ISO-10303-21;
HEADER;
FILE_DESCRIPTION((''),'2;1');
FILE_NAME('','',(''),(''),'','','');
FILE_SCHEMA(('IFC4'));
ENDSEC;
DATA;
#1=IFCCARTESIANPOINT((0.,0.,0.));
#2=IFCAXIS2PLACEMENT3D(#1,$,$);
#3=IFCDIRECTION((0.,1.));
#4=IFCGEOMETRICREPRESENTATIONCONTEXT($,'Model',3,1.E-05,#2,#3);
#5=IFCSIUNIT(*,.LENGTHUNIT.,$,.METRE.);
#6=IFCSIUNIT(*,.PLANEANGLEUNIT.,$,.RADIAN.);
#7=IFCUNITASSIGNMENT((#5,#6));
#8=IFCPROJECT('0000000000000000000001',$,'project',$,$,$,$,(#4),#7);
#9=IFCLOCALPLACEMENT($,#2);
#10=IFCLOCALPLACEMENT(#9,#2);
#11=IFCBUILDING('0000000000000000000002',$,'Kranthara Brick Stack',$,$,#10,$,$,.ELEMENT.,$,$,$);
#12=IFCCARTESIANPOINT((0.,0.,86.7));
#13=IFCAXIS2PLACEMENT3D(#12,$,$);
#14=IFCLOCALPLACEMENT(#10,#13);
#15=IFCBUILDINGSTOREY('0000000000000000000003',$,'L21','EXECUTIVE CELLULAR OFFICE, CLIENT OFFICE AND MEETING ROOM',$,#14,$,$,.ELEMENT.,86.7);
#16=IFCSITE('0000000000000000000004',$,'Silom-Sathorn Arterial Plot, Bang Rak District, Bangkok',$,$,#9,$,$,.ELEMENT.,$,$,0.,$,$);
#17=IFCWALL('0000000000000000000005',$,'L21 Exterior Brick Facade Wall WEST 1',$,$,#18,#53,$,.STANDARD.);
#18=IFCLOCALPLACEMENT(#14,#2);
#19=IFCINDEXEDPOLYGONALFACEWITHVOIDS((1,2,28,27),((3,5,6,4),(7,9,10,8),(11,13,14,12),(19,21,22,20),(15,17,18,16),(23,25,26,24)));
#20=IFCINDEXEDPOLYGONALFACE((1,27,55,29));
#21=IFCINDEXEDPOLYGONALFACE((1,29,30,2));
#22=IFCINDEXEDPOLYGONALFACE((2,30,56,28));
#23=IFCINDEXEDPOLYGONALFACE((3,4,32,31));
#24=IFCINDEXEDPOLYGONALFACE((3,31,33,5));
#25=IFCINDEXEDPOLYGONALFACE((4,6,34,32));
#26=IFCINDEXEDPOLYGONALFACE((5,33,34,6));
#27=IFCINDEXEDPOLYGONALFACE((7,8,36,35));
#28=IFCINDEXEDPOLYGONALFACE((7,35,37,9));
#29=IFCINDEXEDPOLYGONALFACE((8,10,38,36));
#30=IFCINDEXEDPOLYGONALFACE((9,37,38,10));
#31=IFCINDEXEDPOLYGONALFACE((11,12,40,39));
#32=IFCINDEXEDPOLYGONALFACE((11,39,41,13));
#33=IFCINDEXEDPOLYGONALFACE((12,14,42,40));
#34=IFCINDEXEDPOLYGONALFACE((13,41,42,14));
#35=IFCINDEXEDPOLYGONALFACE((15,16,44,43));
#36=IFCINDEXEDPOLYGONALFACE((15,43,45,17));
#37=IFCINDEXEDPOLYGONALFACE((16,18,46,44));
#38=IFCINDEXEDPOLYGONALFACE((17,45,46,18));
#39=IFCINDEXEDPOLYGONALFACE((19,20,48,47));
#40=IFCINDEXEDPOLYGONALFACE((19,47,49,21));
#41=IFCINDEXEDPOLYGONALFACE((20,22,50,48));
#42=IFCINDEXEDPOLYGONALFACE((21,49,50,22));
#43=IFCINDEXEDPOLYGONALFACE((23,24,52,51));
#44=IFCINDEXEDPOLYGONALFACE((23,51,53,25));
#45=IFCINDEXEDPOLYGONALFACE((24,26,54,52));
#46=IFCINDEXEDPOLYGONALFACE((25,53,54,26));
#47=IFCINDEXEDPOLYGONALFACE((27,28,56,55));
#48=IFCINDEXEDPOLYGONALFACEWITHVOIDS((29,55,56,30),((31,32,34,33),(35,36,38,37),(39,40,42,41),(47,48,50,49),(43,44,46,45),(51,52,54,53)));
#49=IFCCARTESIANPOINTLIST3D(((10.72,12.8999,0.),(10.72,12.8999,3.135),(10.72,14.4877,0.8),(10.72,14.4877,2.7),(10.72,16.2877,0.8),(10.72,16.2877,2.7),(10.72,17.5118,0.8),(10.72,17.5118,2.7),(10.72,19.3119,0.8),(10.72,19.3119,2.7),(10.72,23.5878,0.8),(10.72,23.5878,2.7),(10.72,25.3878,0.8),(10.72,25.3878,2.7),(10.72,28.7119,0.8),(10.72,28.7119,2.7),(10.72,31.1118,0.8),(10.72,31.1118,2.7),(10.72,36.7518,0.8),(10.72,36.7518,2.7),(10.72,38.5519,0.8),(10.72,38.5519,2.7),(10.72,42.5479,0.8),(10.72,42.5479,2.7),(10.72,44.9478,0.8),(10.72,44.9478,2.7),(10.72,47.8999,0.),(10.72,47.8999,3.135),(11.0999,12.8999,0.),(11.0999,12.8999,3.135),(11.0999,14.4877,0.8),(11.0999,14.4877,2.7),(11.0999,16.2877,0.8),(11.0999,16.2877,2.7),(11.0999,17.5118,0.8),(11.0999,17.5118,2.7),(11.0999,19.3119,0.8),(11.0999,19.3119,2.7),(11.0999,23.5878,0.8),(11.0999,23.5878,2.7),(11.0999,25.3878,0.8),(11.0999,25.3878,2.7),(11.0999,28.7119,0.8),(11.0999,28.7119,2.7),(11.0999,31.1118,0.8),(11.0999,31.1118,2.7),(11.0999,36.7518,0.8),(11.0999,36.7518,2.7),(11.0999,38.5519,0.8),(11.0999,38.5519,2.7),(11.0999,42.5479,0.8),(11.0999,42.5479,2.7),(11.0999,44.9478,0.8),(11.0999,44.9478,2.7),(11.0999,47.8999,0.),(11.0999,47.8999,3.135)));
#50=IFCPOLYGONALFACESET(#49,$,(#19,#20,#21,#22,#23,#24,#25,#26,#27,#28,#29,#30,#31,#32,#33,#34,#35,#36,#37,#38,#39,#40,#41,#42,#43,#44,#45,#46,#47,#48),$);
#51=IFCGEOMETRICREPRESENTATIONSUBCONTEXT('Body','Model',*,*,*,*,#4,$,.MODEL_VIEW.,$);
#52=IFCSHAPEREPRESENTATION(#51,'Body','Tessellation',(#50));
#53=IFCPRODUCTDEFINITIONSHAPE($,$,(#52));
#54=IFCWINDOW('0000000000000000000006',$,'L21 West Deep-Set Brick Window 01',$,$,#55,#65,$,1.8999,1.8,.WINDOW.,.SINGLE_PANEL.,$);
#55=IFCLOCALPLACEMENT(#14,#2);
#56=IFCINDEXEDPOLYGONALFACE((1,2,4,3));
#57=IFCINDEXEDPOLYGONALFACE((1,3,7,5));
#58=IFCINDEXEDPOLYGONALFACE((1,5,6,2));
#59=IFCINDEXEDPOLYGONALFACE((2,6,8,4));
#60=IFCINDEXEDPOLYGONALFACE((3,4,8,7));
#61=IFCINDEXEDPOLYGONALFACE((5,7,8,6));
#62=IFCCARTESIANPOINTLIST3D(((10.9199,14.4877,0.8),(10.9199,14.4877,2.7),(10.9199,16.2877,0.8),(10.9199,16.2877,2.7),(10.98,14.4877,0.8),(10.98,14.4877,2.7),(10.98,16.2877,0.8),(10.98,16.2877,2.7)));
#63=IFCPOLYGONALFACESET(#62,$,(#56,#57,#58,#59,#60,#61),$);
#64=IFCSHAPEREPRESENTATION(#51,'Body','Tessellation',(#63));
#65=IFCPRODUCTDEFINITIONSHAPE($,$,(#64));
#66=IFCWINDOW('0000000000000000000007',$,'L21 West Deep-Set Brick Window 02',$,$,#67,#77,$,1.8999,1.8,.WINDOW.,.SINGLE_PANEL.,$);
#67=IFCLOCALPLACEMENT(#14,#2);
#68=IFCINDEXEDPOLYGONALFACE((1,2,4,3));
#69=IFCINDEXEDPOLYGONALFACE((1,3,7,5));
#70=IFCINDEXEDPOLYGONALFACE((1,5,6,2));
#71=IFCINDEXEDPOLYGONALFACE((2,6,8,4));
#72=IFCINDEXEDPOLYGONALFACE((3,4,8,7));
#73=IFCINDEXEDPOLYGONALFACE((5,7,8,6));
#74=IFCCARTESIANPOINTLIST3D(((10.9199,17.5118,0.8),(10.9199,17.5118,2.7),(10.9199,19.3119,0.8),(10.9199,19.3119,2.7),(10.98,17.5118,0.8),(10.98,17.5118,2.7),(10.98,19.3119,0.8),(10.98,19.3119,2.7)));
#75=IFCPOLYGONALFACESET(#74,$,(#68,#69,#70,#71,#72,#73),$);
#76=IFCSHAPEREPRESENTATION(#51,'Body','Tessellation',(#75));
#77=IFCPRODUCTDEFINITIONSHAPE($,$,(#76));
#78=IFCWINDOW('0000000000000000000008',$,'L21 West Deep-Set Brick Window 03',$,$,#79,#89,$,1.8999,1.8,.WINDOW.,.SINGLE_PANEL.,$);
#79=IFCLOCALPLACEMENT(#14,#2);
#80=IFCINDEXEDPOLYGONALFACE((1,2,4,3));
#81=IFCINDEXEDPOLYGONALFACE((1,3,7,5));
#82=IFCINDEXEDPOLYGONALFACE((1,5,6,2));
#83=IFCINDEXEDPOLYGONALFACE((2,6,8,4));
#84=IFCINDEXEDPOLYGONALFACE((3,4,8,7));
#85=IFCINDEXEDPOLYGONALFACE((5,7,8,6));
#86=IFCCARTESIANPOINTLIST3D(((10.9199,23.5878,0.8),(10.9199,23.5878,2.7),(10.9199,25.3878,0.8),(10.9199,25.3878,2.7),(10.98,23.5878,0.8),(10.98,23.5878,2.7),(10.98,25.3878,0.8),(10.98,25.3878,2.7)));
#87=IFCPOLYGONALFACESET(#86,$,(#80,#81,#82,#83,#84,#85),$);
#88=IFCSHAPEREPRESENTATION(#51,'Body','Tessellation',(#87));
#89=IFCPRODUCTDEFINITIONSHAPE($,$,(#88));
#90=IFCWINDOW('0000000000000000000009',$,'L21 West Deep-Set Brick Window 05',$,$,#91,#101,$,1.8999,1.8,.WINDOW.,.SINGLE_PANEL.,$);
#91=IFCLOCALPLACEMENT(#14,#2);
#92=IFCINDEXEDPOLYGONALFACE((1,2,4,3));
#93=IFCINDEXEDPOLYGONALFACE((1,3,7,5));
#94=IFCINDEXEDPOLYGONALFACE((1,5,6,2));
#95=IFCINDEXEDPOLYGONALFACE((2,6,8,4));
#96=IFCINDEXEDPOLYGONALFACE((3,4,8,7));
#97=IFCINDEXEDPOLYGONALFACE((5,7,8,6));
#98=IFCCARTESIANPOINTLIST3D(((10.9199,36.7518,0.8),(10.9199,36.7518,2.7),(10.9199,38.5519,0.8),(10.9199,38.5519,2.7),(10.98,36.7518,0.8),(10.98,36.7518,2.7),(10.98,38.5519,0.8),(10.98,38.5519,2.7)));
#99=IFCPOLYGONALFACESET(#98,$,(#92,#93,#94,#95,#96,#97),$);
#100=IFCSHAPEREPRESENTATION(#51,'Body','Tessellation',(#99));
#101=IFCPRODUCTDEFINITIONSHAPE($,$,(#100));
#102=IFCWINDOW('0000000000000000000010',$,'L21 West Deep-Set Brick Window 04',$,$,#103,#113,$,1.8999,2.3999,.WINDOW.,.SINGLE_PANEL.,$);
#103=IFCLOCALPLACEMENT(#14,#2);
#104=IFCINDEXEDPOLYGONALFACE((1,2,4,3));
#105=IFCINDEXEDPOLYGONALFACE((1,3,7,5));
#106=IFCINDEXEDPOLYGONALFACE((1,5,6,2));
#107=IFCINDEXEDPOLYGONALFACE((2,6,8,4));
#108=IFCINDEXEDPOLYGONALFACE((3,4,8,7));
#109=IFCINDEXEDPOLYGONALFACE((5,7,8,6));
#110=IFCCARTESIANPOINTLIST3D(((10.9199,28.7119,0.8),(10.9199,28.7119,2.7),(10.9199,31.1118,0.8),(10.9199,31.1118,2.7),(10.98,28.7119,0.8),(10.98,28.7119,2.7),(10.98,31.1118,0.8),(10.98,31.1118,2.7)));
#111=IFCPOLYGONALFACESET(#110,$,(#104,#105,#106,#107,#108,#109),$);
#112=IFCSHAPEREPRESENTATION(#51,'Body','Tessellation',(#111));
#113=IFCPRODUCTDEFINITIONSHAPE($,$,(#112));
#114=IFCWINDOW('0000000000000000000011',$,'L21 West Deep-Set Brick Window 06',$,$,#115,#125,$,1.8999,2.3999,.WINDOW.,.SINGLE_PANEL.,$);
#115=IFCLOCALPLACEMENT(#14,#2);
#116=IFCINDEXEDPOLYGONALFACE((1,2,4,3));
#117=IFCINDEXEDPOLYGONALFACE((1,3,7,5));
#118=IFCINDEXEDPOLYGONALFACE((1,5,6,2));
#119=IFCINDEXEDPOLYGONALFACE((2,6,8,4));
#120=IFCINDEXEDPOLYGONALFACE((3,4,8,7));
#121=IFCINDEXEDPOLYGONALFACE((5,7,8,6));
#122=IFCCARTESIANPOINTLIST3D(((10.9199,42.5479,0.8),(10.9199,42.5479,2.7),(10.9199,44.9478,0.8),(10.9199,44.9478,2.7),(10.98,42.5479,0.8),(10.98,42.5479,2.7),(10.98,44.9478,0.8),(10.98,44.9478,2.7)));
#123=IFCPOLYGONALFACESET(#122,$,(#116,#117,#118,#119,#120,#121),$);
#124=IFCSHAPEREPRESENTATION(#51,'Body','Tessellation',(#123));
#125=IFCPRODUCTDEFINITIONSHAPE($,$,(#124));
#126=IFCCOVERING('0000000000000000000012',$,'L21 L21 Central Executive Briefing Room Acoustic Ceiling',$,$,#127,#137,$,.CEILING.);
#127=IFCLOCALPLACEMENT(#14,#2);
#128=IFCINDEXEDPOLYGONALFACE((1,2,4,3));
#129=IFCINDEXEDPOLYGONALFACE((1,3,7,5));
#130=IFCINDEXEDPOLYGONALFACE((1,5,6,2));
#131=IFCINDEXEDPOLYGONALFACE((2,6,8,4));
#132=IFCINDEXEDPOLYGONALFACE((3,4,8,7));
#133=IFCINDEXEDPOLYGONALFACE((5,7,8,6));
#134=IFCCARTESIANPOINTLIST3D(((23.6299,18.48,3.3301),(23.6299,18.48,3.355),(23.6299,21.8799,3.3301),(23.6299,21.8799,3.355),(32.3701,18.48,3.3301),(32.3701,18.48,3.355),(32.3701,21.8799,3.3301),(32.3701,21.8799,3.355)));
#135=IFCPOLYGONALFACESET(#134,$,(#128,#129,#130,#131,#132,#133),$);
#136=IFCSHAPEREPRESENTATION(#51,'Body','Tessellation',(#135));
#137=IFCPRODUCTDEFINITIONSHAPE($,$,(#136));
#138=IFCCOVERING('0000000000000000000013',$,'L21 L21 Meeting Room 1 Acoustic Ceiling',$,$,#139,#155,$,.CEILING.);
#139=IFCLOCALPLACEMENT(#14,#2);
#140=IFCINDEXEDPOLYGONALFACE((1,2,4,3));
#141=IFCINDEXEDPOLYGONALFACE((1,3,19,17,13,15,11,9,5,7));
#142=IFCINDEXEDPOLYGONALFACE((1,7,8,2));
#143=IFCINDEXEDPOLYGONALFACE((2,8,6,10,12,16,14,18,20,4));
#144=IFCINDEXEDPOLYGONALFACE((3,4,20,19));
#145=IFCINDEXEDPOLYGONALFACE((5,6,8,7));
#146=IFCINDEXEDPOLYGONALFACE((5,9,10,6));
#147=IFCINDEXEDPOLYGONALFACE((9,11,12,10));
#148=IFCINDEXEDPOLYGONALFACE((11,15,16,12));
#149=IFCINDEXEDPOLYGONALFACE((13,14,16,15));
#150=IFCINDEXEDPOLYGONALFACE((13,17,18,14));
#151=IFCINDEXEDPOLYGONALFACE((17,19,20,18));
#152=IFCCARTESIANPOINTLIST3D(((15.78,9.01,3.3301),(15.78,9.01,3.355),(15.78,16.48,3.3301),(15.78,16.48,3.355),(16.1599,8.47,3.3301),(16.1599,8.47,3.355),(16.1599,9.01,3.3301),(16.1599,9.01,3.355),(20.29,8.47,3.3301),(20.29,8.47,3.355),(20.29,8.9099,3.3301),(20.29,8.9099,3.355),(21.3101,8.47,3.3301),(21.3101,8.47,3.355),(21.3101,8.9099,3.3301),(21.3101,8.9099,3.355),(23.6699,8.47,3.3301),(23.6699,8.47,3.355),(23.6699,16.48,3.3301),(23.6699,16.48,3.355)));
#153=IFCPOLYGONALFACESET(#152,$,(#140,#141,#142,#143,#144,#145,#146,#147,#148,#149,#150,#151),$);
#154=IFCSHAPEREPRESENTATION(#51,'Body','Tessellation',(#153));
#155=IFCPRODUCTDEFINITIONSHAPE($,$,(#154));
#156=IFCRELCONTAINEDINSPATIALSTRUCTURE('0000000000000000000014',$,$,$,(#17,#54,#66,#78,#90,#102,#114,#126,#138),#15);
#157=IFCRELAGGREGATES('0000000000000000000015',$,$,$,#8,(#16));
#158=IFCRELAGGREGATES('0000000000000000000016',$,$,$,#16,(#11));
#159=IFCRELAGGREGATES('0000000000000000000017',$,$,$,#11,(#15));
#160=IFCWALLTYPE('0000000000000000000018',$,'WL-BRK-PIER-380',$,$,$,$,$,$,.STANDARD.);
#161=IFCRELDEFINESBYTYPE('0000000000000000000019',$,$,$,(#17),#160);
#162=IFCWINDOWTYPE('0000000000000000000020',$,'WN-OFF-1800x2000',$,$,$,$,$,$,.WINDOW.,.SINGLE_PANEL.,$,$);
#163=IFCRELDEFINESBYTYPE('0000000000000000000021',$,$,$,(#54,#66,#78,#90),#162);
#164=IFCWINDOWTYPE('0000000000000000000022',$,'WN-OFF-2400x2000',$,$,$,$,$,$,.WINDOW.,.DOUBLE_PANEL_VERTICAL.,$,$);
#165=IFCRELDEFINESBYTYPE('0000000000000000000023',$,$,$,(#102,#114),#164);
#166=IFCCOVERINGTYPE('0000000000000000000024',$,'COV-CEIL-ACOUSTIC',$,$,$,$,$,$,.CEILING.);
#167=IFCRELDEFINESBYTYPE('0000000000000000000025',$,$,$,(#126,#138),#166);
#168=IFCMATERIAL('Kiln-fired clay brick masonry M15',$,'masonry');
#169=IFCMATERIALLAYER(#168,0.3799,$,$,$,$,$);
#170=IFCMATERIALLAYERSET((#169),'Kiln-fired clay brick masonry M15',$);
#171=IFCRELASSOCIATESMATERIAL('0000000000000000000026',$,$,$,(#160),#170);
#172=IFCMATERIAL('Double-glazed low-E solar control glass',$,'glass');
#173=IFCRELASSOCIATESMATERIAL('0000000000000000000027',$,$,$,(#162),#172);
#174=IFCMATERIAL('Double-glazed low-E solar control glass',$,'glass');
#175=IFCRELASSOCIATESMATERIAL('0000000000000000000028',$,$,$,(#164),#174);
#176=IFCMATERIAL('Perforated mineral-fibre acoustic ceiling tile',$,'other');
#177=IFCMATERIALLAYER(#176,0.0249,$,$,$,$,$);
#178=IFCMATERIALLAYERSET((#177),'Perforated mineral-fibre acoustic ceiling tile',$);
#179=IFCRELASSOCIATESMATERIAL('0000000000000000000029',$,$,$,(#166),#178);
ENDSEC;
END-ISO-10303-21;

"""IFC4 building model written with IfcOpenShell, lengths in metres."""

from ifc_helpers import new_model, si_unit, direction, frame, frame_2d, origin, place, context, subcontext, project, spatial, polyline, rectangle, outline, extrude, material, layer, layer_set, type_object, element, fill, save


model = new_model("IFC4")

# Units and contexts
model_context = context("Model", 3, precision=1e-05, world=origin(), true_north=direction((0.0, 1.0)))
body_context = subcontext(model_context, "Body", "Model", "MODEL_VIEW")
ifc_project = project(units=[si_unit("LENGTHUNIT", "METRE"), si_unit("PLANEANGLEUNIT", "RADIAN")], contexts=[model_context])

# Site, building, storey
site_placement = place(None, origin())
site = spatial("IfcSite", under=ifc_project, at=site_placement, Name="Silom-Sathorn Arterial Plot, Bang Rak District, Bangkok", CompositionType="ELEMENT", RefElevation=0.0)
building_placement = place(site_placement, origin())
building = spatial("IfcBuilding", under=site, at=building_placement, Name="Kranthara Brick Stack", CompositionType="ELEMENT")
storey_placement = place(building_placement, frame((0.0, 0.0, 86.7)))
storey = spatial("IfcBuildingStorey", under=building, at=storey_placement, Name="L21", Description="EXECUTIVE CELLULAR OFFICE, CLIENT OFFICE AND MEETING ROOM", CompositionType="ELEMENT", Elevation=86.7)

# Wall, openings, windows
ifc_material_1 = material(Name="Kiln-fired clay brick masonry M15", Category="masonry")
ifc_layer_1 = layer(ifc_material_1, 0.3799)
ifc_layer_set_1 = layer_set([ifc_layer_1], Name="Kiln-fired clay brick masonry M15")
wall_type = type_object("IfcWallType", Name="WL-BRK-PIER-380", PredefinedType="STANDARD", material=ifc_layer_set_1)
wall_placement = place(storey_placement, frame((10.9099, 12.8999, 0.0), z_axis=(0.0, 0.0, 1.0), x_axis=(0.0, 1.0, 0.0)))
wall = element("IfcWall", 1, at=wall_placement, inside=storey, type_object=wall_type, Name="L21 Exterior Brick Facade Wall WEST 1", PredefinedType="STANDARD", context=body_context, shape_type="SweptSolid", body=[
    extrude(rectangle(XDim=35.0, YDim=0.3799, at=frame_2d((17.5, 0.0))), origin(), (0.0, 0.0, 1.0), 3.135),
])
opening_1_placement = place(wall_placement, frame((1.5879, 0.0, 0.8)))
opening_1 = element("IfcOpeningElement", 2, at=opening_1_placement, cuts=wall, PredefinedType="OPENING", context=body_context, shape_type="SweptSolid", body=[
    extrude(rectangle(XDim=1.8, YDim=1.8999, at=frame_2d((0.8999, 0.95))), frame((0.0, 0.2, 0.0), z_axis=(0.0, -1.0, 0.0), x_axis=(1.0, 0.0, 0.0)), (0.0, 0.0, 1.0), 0.3999),
])
opening_2_placement = place(wall_placement, frame((4.6121, 0.0, 0.8)))
opening_2 = element("IfcOpeningElement", 3, at=opening_2_placement, cuts=wall, PredefinedType="OPENING", context=body_context, shape_type="SweptSolid", body=[
    extrude(rectangle(XDim=1.8, YDim=1.8999, at=frame_2d((0.8999, 0.95))), frame((0.0, 0.2, 0.0), z_axis=(0.0, -1.0, 0.0), x_axis=(1.0, 0.0, 0.0)), (0.0, 0.0, 1.0), 0.3999),
])
opening_3_placement = place(wall_placement, frame((10.688, 0.0, 0.8)))
opening_3 = element("IfcOpeningElement", 4, at=opening_3_placement, cuts=wall, PredefinedType="OPENING", context=body_context, shape_type="SweptSolid", body=[
    extrude(rectangle(XDim=1.8, YDim=1.8999, at=frame_2d((0.8999, 0.95))), frame((0.0, 0.2, 0.0), z_axis=(0.0, -1.0, 0.0), x_axis=(1.0, 0.0, 0.0)), (0.0, 0.0, 1.0), 0.3999),
])
opening_4_placement = place(wall_placement, frame((15.812, 0.0, 0.8)))
opening_4 = element("IfcOpeningElement", 5, at=opening_4_placement, cuts=wall, PredefinedType="OPENING", context=body_context, shape_type="SweptSolid", body=[
    extrude(rectangle(XDim=2.3999, YDim=1.8999, at=frame_2d((1.2, 0.95))), frame((0.0, 0.2, 0.0), z_axis=(0.0, -1.0, 0.0), x_axis=(1.0, 0.0, 0.0)), (0.0, 0.0, 1.0), 0.3999),
])
opening_5_placement = place(wall_placement, frame((23.8521, 0.0, 0.8)))
opening_5 = element("IfcOpeningElement", 6, at=opening_5_placement, cuts=wall, PredefinedType="OPENING", context=body_context, shape_type="SweptSolid", body=[
    extrude(rectangle(XDim=1.8, YDim=1.8999, at=frame_2d((0.8999, 0.95))), frame((0.0, 0.2, 0.0), z_axis=(0.0, -1.0, 0.0), x_axis=(1.0, 0.0, 0.0)), (0.0, 0.0, 1.0), 0.3999),
])
opening_6_placement = place(wall_placement, frame((29.6479, 0.0, 0.8)))
opening_6 = element("IfcOpeningElement", 7, at=opening_6_placement, cuts=wall, PredefinedType="OPENING", context=body_context, shape_type="SweptSolid", body=[
    extrude(rectangle(XDim=2.3999, YDim=1.8999, at=frame_2d((1.2, 0.95))), frame((0.0, 0.2, 0.0), z_axis=(0.0, -1.0, 0.0), x_axis=(1.0, 0.0, 0.0)), (0.0, 0.0, 1.0), 0.3999),
])
ifc_material_2 = material(Name="Double-glazed low-E solar control glass", Category="glass")
window_type_1 = type_object("IfcWindowType", Name="WN-OFF-1800x2000", PartitioningType="SINGLE_PANEL", PredefinedType="WINDOW", material=ifc_material_2)
window_1_placement = place(opening_1_placement, origin())
window_1 = element("IfcWindow", 8, at=window_1_placement, inside=storey, type_object=window_type_1, Name="L21 West Deep-Set Brick Window 01", OverallHeight=1.8999, OverallWidth=1.8, PartitioningType="SINGLE_PANEL", PredefinedType="WINDOW", context=body_context, shape_type="SweptSolid", body=[
    extrude(rectangle(XDim=1.8, YDim=1.8999, at=frame_2d((0.8999, 0.95))), frame((0.0, -0.01, 0.0), z_axis=(0.0, -1.0, 0.0), x_axis=(1.0, 0.0, 0.0)), (0.0, 0.0, 1.0), 0.0601),
])
fill(opening_1, window_1)
window_2_placement = place(opening_2_placement, origin())
window_2 = element("IfcWindow", 9, at=window_2_placement, inside=storey, type_object=window_type_1, Name="L21 West Deep-Set Brick Window 02", OverallHeight=1.8999, OverallWidth=1.8, PartitioningType="SINGLE_PANEL", PredefinedType="WINDOW", context=body_context, shape_type="SweptSolid", body=[
    extrude(rectangle(XDim=1.8, YDim=1.8999, at=frame_2d((0.8999, 0.95))), frame((0.0, -0.01, 0.0), z_axis=(0.0, -1.0, 0.0), x_axis=(1.0, 0.0, 0.0)), (0.0, 0.0, 1.0), 0.0601),
])
fill(opening_2, window_2)
window_3_placement = place(opening_3_placement, origin())
window_3 = element("IfcWindow", 10, at=window_3_placement, inside=storey, type_object=window_type_1, Name="L21 West Deep-Set Brick Window 03", OverallHeight=1.8999, OverallWidth=1.8, PartitioningType="SINGLE_PANEL", PredefinedType="WINDOW", context=body_context, shape_type="SweptSolid", body=[
    extrude(rectangle(XDim=1.8, YDim=1.8999, at=frame_2d((0.8999, 0.95))), frame((0.0, -0.01, 0.0), z_axis=(0.0, -1.0, 0.0), x_axis=(1.0, 0.0, 0.0)), (0.0, 0.0, 1.0), 0.0601),
])
fill(opening_3, window_3)
window_4_placement = place(opening_5_placement, origin())
window_4 = element("IfcWindow", 11, at=window_4_placement, inside=storey, type_object=window_type_1, Name="L21 West Deep-Set Brick Window 05", OverallHeight=1.8999, OverallWidth=1.8, PartitioningType="SINGLE_PANEL", PredefinedType="WINDOW", context=body_context, shape_type="SweptSolid", body=[
    extrude(rectangle(XDim=1.8, YDim=1.8999, at=frame_2d((0.8999, 0.95))), frame((0.0, -0.01, 0.0), z_axis=(0.0, -1.0, 0.0), x_axis=(1.0, 0.0, 0.0)), (0.0, 0.0, 1.0), 0.0601),
])
fill(opening_5, window_4)
ifc_material_3 = material(Name="Double-glazed low-E solar control glass", Category="glass")
window_type_2 = type_object("IfcWindowType", Name="WN-OFF-2400x2000", PartitioningType="DOUBLE_PANEL_VERTICAL", PredefinedType="WINDOW", material=ifc_material_3)
window_5_placement = place(opening_4_placement, origin())
window_5 = element("IfcWindow", 12, at=window_5_placement, inside=storey, type_object=window_type_2, Name="L21 West Deep-Set Brick Window 04", OverallHeight=1.8999, OverallWidth=2.3999, PartitioningType="SINGLE_PANEL", PredefinedType="WINDOW", context=body_context, shape_type="SweptSolid", body=[
    extrude(rectangle(XDim=2.3999, YDim=1.8999, at=frame_2d((1.2, 0.95))), frame((0.0, -0.01, 0.0), z_axis=(0.0, -1.0, 0.0), x_axis=(1.0, 0.0, 0.0)), (0.0, 0.0, 1.0), 0.0601),
])
fill(opening_4, window_5)
window_6_placement = place(opening_6_placement, origin())
window_6 = element("IfcWindow", 13, at=window_6_placement, inside=storey, type_object=window_type_2, Name="L21 West Deep-Set Brick Window 06", OverallHeight=1.8999, OverallWidth=2.3999, PartitioningType="SINGLE_PANEL", PredefinedType="WINDOW", context=body_context, shape_type="SweptSolid", body=[
    extrude(rectangle(XDim=2.3999, YDim=1.8999, at=frame_2d((1.2, 0.95))), frame((0.0, -0.01, 0.0), z_axis=(0.0, -1.0, 0.0), x_axis=(1.0, 0.0, 0.0)), (0.0, 0.0, 1.0), 0.0601),
])
fill(opening_6, window_6)

# Coverings
ifc_material_4 = material(Name="Perforated mineral-fibre acoustic ceiling tile", Category="other")
ifc_layer_2 = layer(ifc_material_4, 0.0249)
ifc_layer_set_2 = layer_set([ifc_layer_2], Name="Perforated mineral-fibre acoustic ceiling tile")
covering_type_1 = type_object("IfcCoveringType", Name="COV-CEIL-ACOUSTIC", PredefinedType="CEILING", material=ifc_layer_set_2)
covering_1_placement = place(storey_placement, frame((0.0, 0.0, 3.3301)))
element("IfcCovering", 14, at=covering_1_placement, inside=storey, type_object=covering_type_1, Name="L21 L21 Central Executive Briefing Room Acoustic Ceiling", PredefinedType="CEILING", context=body_context, shape_type="SweptSolid", body=[
    extrude(outline(polyline([(32.3701, 18.48), (32.3701, 21.8799), (23.6299, 21.8799), (23.6299, 18.48), (32.3701, 18.48)])), origin(), (0.0, 0.0, 1.0), 0.0249),
])
covering_2_placement = place(storey_placement, frame((0.0, 0.0, 3.3301)))
element("IfcCovering", 15, at=covering_2_placement, inside=storey, type_object=covering_type_1, Name="L21 L21 Meeting Room 1 Acoustic Ceiling", PredefinedType="CEILING", context=body_context, shape_type="SweptSolid", body=[
    extrude(outline(polyline([(23.6699, 16.48), (23.6699, 8.47), (21.3101, 8.47), (21.3101, 8.9099), (20.29, 8.9099), (20.29, 8.47), (16.1599, 8.47), (16.1599, 9.01), (15.78, 9.01), (15.78, 16.48), (23.6699, 16.48)])), origin(), (0.0, 0.0, 1.0), 0.0249),
])

save(model, "model.ifc")
